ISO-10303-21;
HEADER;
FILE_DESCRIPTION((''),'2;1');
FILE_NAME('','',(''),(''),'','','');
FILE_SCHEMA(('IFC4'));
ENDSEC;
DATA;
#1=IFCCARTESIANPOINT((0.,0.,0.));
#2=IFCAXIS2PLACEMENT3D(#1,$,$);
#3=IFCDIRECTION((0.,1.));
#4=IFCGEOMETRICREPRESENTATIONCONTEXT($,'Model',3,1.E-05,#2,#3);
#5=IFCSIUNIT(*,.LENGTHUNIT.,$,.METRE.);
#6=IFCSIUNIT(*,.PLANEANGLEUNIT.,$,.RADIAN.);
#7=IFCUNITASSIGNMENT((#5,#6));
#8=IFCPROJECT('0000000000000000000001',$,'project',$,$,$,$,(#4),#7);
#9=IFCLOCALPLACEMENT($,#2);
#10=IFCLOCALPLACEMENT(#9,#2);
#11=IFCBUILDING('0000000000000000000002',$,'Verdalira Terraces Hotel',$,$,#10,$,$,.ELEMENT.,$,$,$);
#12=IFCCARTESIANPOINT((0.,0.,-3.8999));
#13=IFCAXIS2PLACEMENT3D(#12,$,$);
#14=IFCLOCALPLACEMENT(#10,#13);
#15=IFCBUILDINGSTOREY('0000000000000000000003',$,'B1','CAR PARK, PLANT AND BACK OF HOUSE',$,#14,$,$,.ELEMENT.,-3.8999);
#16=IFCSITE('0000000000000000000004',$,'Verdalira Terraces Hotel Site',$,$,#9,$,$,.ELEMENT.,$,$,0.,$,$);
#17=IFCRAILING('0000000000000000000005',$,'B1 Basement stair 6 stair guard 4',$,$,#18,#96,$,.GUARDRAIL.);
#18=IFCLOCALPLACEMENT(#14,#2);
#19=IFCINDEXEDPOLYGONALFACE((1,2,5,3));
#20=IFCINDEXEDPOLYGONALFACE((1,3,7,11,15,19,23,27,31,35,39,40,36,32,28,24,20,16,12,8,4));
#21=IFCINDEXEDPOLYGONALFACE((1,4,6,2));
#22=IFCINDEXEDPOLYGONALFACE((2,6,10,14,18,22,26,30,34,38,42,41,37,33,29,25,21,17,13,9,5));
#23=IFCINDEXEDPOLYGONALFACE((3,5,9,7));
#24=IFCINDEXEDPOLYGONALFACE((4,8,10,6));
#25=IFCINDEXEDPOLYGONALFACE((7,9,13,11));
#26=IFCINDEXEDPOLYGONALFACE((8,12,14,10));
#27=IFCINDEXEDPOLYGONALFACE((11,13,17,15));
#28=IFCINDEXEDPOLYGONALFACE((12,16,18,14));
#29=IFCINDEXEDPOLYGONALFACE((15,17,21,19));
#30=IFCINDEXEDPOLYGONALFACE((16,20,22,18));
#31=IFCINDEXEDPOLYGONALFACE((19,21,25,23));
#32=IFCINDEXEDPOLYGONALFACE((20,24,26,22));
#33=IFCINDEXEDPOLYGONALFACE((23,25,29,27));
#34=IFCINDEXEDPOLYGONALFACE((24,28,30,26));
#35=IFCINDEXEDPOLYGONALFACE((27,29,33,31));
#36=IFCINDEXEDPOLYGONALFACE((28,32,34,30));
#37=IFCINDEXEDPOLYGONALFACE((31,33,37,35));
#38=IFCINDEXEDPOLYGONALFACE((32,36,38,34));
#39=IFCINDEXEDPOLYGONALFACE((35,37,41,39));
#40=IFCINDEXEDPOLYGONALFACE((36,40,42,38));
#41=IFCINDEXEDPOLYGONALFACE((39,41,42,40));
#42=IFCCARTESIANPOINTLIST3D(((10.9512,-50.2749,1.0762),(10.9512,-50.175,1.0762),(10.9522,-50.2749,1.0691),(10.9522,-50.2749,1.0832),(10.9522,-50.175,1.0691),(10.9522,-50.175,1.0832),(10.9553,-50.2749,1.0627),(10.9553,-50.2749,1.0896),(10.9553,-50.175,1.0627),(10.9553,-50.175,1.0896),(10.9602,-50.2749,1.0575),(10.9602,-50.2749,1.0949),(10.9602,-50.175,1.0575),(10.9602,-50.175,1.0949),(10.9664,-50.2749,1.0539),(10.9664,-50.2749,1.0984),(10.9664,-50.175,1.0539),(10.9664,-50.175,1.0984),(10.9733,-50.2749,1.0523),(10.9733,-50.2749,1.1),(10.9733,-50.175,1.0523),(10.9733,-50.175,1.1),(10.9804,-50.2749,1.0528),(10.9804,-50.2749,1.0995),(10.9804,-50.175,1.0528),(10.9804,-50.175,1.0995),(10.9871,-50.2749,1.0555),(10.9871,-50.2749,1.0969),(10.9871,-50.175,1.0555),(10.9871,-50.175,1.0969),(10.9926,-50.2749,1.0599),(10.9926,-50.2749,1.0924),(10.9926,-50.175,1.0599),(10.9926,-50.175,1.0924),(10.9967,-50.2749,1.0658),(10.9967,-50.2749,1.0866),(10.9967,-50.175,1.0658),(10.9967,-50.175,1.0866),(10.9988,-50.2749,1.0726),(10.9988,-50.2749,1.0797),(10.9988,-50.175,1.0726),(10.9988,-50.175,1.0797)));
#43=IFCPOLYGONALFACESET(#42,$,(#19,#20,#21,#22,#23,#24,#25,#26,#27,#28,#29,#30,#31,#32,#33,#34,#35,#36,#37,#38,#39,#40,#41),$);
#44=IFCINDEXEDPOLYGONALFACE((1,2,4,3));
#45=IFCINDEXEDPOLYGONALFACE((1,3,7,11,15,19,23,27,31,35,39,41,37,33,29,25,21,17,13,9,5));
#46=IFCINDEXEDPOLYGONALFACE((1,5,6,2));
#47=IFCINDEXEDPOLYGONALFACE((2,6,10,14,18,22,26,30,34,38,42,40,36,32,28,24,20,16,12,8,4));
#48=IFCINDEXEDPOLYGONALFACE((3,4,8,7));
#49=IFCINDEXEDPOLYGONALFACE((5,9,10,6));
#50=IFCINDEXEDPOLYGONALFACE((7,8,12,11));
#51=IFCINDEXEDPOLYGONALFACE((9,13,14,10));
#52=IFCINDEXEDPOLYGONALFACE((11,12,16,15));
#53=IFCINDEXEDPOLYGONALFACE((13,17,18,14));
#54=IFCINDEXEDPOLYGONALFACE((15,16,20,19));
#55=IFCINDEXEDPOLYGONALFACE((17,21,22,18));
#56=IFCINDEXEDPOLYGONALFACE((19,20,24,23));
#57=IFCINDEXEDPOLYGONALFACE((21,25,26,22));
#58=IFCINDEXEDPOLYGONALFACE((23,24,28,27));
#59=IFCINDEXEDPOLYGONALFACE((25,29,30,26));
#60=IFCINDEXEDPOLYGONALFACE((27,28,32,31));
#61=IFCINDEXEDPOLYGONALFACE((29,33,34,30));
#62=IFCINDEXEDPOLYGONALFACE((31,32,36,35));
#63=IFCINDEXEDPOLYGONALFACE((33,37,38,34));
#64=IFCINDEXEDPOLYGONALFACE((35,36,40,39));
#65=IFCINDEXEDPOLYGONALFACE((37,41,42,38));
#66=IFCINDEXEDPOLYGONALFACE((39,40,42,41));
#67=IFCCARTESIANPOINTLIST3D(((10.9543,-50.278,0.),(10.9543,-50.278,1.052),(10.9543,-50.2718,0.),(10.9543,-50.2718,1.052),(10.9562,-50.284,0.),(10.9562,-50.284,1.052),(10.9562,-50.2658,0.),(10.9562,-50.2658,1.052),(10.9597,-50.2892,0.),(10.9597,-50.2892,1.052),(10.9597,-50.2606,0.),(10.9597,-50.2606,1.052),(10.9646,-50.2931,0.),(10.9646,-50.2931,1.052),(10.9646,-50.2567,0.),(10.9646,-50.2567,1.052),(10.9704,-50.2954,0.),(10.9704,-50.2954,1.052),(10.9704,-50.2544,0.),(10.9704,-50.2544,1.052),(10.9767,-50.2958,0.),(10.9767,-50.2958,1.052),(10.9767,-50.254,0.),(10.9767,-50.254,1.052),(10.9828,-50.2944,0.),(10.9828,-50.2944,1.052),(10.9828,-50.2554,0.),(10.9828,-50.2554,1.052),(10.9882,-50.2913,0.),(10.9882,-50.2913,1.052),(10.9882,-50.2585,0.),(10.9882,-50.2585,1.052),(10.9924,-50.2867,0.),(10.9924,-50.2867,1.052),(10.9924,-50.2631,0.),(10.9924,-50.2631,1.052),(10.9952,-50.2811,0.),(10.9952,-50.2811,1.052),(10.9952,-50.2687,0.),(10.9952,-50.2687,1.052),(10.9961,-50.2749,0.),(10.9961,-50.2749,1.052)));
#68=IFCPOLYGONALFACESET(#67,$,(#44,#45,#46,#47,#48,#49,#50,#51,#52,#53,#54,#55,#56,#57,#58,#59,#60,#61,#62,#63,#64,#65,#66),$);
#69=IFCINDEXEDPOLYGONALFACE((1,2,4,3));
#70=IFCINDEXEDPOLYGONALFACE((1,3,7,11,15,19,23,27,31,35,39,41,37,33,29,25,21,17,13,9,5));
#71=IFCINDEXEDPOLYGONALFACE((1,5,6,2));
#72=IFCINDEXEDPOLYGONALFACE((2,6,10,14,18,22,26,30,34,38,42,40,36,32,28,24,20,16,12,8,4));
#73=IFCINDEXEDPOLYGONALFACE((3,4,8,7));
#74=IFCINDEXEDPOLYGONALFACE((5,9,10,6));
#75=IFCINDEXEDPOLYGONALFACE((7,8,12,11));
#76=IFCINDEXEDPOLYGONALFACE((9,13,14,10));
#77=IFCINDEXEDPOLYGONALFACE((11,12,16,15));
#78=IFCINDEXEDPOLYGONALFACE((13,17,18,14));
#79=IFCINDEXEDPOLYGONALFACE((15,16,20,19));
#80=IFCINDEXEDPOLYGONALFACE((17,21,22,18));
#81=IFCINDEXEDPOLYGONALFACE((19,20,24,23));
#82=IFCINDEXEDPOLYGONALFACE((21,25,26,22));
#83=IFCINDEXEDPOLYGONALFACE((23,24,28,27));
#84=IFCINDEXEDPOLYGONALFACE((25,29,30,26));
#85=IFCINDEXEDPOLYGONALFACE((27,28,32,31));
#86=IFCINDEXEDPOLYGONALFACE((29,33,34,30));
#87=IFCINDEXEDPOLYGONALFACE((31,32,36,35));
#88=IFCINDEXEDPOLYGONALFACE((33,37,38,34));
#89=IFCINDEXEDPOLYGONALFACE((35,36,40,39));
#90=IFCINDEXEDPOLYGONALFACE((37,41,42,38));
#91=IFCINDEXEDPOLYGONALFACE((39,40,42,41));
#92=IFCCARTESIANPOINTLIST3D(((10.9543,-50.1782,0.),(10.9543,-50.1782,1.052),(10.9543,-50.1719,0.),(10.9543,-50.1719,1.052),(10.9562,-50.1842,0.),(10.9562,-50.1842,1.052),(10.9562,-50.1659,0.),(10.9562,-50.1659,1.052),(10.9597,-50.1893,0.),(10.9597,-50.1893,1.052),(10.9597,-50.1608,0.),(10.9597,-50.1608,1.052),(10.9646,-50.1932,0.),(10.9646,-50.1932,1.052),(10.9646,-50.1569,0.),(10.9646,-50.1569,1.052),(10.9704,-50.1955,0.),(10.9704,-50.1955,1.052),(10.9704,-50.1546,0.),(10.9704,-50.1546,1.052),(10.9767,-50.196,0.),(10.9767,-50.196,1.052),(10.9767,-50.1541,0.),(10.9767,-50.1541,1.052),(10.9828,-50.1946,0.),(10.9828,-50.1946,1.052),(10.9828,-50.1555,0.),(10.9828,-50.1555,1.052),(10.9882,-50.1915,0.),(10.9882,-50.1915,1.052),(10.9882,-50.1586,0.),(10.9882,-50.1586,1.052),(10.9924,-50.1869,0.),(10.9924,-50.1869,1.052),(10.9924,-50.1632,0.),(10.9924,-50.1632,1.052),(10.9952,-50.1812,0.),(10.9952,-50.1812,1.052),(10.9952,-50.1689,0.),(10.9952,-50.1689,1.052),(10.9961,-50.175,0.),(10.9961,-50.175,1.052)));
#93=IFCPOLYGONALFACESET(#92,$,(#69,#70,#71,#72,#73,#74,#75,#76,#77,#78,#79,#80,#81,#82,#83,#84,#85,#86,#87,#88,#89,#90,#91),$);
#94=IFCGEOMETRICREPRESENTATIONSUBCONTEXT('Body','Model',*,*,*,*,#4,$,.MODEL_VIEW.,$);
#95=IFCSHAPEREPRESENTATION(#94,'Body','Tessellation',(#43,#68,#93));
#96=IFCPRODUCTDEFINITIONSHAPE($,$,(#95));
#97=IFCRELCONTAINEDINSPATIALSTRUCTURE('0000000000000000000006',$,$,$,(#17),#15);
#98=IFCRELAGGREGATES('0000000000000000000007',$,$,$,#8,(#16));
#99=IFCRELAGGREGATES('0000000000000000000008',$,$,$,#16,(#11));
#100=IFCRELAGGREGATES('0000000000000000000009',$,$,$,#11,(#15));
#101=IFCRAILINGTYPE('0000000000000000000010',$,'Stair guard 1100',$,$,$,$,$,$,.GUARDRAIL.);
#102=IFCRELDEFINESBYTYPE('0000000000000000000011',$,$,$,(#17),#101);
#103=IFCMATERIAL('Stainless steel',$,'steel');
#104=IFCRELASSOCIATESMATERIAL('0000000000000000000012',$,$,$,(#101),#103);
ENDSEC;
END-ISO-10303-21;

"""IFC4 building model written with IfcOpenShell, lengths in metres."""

from ifc_helpers import new_model, si_unit, direction, frame, origin, origin_2d, place, context, subcontext, project, spatial, circle, extrude, material, type_object, element, save


model = new_model("IFC4")

# Units and contexts
model_context = context("Model", 3, precision=1e-05, world=origin(), true_north=direction((0.0, 1.0)))
body_context = subcontext(model_context, "Body", "Model", "MODEL_VIEW")
ifc_project = project(units=[si_unit("LENGTHUNIT", "METRE"), si_unit("PLANEANGLEUNIT", "RADIAN")], contexts=[model_context])

# Site, building, storey
site_placement = place(None, origin())
site = spatial("IfcSite", under=ifc_project, at=site_placement, Name="Verdalira Terraces Hotel Site", CompositionType="ELEMENT", RefElevation=0.0)
building_placement = place(site_placement, origin())
building = spatial("IfcBuilding", under=site, at=building_placement, Name="Verdalira Terraces Hotel", CompositionType="ELEMENT")
storey_placement = place(building_placement, frame((0.0, 0.0, -3.8999)))
storey = spatial("IfcBuildingStorey", under=building, at=storey_placement, Name="B1", Description="CAR PARK, PLANT AND BACK OF HOUSE", CompositionType="ELEMENT", Elevation=-3.8999)

# Railing
ifc_material_1 = material(Name="Stainless steel", Category="steel")
railing_type_1 = type_object("IfcRailingType", Name="Stair guard 1100", PredefinedType="GUARDRAIL", material=ifc_material_1)
railing_1_placement = place(storey_placement, frame((10.9751, -50.2749, 0.0)))
element("IfcRailing", 1, at=railing_1_placement, inside=storey, type_object=railing_type_1, Name="B1 Basement stair 6 stair guard 4", PredefinedType="GUARDRAIL", context=body_context, shape_type="SweptSolid", body=[
    extrude(circle(Radius=0.0239, at=origin_2d()), frame((0.0, 0.0, 1.0762), z_axis=(0.0, 1.0, 0.0), x_axis=(-1.0, 0.0, 0.0)), (0.0, 0.0, 1.0), 0.0999),
    extrude(circle(Radius=0.021, at=origin_2d()), origin(), (0.0, 0.0, 1.0), 1.052),
    extrude(circle(Radius=0.021, at=origin_2d()), frame((0.0, 0.0999, 0.0)), (0.0, 0.0, 1.0), 1.052),
])

save(model, "model.ifc")
